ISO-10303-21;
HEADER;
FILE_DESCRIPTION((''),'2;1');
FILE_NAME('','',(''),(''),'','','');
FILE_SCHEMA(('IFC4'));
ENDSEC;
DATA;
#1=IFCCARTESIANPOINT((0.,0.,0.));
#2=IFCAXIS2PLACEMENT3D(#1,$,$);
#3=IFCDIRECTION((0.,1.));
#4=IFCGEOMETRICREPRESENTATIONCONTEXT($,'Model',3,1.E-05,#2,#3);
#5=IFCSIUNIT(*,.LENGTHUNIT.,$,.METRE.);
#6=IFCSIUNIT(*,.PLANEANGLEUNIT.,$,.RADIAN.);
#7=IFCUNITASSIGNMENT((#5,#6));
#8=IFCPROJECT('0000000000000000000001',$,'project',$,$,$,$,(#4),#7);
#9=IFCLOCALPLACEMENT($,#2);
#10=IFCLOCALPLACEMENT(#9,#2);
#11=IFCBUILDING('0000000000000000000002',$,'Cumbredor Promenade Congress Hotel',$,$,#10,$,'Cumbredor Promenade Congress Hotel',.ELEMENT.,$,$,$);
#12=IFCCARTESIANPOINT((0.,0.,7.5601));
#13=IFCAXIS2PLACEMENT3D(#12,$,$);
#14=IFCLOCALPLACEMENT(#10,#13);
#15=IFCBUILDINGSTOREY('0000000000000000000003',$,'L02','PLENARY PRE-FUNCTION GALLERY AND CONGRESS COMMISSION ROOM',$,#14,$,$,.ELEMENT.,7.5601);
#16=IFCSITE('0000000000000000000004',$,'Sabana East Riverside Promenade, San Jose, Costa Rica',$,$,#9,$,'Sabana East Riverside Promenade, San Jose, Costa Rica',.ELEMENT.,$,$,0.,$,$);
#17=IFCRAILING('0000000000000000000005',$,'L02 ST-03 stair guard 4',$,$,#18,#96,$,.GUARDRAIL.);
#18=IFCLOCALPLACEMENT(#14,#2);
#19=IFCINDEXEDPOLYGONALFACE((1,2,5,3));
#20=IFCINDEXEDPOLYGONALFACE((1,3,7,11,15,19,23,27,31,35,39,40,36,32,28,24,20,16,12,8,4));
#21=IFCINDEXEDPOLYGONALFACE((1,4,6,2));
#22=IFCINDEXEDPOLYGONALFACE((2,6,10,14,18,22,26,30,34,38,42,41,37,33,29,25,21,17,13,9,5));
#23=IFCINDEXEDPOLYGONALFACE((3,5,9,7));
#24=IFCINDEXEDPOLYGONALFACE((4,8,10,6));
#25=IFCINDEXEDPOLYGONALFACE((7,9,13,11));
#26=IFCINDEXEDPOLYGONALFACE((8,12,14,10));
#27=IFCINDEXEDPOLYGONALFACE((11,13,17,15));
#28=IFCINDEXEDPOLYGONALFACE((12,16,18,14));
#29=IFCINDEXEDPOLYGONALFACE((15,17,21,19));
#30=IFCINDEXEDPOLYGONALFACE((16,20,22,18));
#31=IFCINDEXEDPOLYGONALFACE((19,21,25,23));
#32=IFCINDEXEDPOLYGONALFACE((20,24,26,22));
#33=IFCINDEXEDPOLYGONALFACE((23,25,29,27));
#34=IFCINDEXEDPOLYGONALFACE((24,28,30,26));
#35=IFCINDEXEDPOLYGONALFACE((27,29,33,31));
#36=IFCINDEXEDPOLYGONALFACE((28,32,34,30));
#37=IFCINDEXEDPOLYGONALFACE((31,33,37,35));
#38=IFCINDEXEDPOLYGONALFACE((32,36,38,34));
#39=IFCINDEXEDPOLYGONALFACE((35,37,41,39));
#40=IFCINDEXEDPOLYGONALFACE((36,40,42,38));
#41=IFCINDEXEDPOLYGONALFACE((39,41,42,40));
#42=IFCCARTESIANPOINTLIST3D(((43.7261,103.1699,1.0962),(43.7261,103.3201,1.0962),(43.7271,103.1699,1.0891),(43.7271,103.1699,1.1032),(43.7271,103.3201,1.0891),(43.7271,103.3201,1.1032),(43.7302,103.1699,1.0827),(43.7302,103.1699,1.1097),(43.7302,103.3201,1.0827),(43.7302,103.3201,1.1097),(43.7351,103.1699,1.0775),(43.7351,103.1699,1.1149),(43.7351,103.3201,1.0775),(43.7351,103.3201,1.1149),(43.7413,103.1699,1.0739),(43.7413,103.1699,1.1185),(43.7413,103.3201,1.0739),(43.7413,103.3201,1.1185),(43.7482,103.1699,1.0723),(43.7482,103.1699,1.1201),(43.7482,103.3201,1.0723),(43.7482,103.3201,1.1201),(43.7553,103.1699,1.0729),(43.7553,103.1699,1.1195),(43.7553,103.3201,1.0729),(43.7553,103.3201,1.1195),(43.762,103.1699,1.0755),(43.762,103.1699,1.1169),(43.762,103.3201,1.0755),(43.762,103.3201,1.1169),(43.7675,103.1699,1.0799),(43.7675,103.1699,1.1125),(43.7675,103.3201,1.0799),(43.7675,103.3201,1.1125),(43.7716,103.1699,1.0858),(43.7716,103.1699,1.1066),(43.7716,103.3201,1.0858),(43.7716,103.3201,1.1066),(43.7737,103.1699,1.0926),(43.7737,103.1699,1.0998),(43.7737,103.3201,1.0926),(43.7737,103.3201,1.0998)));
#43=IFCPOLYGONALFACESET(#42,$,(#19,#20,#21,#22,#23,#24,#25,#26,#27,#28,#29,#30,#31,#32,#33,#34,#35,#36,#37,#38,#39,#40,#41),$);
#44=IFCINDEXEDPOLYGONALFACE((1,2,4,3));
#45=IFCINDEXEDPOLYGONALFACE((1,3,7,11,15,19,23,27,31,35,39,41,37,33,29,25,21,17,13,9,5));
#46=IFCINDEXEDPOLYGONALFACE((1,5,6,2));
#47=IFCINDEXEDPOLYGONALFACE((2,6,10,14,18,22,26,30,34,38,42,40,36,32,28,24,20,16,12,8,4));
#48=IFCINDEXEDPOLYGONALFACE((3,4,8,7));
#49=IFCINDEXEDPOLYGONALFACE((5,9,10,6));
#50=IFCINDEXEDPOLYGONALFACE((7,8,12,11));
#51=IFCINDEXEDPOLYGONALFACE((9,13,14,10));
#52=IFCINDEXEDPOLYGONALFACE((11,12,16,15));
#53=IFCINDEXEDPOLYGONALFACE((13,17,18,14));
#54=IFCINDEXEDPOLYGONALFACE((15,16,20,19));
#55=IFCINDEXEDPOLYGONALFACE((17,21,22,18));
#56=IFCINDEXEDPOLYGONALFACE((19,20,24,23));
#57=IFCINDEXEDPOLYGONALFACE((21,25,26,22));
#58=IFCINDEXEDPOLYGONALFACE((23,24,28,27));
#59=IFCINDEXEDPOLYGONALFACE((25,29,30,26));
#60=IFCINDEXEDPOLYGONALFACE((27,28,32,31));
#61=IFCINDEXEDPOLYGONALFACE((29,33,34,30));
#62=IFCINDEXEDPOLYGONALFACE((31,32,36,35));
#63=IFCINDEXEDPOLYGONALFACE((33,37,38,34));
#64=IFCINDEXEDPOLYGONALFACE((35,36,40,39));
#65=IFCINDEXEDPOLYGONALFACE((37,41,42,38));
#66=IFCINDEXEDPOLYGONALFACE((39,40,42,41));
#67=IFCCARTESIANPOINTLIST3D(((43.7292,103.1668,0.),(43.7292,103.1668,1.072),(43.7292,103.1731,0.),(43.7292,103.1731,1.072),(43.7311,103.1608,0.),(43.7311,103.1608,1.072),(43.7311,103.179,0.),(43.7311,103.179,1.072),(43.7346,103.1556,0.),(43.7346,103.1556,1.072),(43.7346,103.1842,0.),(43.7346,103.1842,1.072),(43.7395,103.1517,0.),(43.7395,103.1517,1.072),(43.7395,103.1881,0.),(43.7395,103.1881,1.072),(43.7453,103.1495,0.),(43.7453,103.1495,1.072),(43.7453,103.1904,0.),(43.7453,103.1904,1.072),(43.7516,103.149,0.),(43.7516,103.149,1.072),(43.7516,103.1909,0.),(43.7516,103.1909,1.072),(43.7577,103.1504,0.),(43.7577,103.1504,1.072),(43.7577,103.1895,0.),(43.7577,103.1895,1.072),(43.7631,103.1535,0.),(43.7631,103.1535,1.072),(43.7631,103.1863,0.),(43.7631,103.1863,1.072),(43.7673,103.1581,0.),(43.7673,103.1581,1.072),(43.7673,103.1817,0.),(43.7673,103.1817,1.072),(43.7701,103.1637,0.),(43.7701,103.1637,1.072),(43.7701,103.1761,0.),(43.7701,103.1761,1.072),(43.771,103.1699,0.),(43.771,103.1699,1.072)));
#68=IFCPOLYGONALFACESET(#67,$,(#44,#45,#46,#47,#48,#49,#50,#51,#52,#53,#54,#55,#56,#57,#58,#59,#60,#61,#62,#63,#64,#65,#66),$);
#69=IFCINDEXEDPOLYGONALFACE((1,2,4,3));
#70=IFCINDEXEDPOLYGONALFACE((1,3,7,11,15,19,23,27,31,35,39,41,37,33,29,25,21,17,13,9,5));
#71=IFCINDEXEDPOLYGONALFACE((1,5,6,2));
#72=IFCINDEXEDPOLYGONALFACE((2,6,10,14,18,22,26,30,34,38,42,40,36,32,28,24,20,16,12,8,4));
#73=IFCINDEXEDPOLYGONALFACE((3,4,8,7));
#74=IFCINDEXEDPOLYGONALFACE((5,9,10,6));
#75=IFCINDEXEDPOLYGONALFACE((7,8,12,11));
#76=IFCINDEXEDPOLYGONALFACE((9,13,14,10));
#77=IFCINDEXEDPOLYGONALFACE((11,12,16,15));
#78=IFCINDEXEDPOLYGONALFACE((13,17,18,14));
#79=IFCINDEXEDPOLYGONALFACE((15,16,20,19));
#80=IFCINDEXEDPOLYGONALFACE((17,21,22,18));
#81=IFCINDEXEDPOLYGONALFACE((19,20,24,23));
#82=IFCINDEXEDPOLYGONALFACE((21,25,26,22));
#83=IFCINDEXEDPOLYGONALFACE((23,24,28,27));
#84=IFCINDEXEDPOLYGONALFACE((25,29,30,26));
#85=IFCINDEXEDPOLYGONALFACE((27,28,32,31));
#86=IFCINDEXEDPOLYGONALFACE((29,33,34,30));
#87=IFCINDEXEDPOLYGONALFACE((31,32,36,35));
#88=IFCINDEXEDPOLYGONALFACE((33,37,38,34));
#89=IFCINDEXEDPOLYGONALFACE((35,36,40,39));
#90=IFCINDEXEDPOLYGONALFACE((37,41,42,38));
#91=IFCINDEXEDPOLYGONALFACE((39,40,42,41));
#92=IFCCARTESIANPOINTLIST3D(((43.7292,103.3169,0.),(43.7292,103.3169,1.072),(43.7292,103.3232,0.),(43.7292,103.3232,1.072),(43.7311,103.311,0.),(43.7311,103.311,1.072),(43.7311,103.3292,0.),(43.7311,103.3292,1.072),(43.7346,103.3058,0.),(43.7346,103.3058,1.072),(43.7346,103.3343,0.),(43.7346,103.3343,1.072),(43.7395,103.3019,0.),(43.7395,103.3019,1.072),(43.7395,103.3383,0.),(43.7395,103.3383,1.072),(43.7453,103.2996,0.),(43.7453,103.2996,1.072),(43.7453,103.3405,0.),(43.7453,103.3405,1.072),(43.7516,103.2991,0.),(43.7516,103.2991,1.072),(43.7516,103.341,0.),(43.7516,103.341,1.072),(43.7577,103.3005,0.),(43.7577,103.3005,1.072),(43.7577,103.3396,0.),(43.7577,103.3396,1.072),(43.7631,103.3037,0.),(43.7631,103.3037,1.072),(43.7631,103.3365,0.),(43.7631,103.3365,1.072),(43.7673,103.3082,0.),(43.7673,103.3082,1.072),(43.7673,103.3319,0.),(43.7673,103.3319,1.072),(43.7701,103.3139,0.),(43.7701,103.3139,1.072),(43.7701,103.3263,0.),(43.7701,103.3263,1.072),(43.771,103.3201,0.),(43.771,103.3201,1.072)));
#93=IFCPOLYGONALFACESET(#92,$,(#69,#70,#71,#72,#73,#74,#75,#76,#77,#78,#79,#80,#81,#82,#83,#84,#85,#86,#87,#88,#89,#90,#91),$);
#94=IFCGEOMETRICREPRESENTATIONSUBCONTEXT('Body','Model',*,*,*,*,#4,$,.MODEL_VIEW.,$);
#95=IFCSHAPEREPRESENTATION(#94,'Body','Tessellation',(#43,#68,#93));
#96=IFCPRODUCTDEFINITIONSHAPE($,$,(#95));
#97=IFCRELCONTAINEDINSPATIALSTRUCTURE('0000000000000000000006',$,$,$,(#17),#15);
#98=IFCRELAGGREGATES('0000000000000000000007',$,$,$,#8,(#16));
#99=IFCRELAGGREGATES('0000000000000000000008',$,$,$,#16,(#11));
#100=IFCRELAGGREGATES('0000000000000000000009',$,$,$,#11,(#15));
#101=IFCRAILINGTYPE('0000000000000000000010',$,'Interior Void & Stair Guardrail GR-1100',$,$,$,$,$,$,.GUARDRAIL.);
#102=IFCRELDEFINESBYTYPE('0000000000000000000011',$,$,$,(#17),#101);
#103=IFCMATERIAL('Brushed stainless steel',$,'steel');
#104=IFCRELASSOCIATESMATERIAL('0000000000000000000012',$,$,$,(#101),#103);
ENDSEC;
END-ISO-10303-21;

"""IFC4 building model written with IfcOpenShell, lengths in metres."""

from ifc_helpers import new_model, si_unit, direction, frame, origin, origin_2d, place, context, subcontext, project, spatial, circle, extrude, material, type_object, element, save


model = new_model("IFC4")

# Units and contexts
model_context = context("Model", 3, precision=1e-05, world=origin(), true_north=direction((0.0, 1.0)))
body_context = subcontext(model_context, "Body", "Model", "MODEL_VIEW")
ifc_project = project(units=[si_unit("LENGTHUNIT", "METRE"), si_unit("PLANEANGLEUNIT", "RADIAN")], contexts=[model_context])

# Site, building, storey
site_placement = place(None, origin())
site = spatial("IfcSite", under=ifc_project, at=site_placement, Name="Sabana East Riverside Promenade, San Jose, Costa Rica", LongName="Sabana East Riverside Promenade, San Jose, Costa Rica", CompositionType="ELEMENT", RefElevation=0.0)
building_placement = place(site_placement, origin())
building = spatial("IfcBuilding", under=site, at=building_placement, Name="Cumbredor Promenade Congress Hotel", LongName="Cumbredor Promenade Congress Hotel", CompositionType="ELEMENT")
storey_placement = place(building_placement, frame((0.0, 0.0, 7.5601)))
storey = spatial("IfcBuildingStorey", under=building, at=storey_placement, Name="L02", Description="PLENARY PRE-FUNCTION GALLERY AND CONGRESS COMMISSION ROOM", CompositionType="ELEMENT", Elevation=7.5601)

# Railing
ifc_material_1 = material(Name="Brushed stainless steel", Category="steel")
railing_type_1 = type_object("IfcRailingType", Name="Interior Void & Stair Guardrail GR-1100", PredefinedType="GUARDRAIL", material=ifc_material_1)
railing_1_placement = place(storey_placement, frame((43.75, 103.1699, 0.0)))
element("IfcRailing", 1, at=railing_1_placement, inside=storey, type_object=railing_type_1, Name="L02 ST-03 stair guard 4", PredefinedType="GUARDRAIL", context=body_context, shape_type="SweptSolid", body=[
    extrude(circle(Radius=0.0239, at=origin_2d()), frame((0.0, 0.0, 1.0962), z_axis=(0.0, 1.0, 0.0), x_axis=(-1.0, 0.0, 0.0)), (0.0, 0.0, 1.0), 0.1501),
    extrude(circle(Radius=0.021, at=origin_2d()), origin(), (0.0, 0.0, 1.0), 1.072),
    extrude(circle(Radius=0.021, at=origin_2d()), frame((0.0, 0.1501, 0.0)), (0.0, 0.0, 1.0), 1.072),
])

save(model, "model.ifc")
